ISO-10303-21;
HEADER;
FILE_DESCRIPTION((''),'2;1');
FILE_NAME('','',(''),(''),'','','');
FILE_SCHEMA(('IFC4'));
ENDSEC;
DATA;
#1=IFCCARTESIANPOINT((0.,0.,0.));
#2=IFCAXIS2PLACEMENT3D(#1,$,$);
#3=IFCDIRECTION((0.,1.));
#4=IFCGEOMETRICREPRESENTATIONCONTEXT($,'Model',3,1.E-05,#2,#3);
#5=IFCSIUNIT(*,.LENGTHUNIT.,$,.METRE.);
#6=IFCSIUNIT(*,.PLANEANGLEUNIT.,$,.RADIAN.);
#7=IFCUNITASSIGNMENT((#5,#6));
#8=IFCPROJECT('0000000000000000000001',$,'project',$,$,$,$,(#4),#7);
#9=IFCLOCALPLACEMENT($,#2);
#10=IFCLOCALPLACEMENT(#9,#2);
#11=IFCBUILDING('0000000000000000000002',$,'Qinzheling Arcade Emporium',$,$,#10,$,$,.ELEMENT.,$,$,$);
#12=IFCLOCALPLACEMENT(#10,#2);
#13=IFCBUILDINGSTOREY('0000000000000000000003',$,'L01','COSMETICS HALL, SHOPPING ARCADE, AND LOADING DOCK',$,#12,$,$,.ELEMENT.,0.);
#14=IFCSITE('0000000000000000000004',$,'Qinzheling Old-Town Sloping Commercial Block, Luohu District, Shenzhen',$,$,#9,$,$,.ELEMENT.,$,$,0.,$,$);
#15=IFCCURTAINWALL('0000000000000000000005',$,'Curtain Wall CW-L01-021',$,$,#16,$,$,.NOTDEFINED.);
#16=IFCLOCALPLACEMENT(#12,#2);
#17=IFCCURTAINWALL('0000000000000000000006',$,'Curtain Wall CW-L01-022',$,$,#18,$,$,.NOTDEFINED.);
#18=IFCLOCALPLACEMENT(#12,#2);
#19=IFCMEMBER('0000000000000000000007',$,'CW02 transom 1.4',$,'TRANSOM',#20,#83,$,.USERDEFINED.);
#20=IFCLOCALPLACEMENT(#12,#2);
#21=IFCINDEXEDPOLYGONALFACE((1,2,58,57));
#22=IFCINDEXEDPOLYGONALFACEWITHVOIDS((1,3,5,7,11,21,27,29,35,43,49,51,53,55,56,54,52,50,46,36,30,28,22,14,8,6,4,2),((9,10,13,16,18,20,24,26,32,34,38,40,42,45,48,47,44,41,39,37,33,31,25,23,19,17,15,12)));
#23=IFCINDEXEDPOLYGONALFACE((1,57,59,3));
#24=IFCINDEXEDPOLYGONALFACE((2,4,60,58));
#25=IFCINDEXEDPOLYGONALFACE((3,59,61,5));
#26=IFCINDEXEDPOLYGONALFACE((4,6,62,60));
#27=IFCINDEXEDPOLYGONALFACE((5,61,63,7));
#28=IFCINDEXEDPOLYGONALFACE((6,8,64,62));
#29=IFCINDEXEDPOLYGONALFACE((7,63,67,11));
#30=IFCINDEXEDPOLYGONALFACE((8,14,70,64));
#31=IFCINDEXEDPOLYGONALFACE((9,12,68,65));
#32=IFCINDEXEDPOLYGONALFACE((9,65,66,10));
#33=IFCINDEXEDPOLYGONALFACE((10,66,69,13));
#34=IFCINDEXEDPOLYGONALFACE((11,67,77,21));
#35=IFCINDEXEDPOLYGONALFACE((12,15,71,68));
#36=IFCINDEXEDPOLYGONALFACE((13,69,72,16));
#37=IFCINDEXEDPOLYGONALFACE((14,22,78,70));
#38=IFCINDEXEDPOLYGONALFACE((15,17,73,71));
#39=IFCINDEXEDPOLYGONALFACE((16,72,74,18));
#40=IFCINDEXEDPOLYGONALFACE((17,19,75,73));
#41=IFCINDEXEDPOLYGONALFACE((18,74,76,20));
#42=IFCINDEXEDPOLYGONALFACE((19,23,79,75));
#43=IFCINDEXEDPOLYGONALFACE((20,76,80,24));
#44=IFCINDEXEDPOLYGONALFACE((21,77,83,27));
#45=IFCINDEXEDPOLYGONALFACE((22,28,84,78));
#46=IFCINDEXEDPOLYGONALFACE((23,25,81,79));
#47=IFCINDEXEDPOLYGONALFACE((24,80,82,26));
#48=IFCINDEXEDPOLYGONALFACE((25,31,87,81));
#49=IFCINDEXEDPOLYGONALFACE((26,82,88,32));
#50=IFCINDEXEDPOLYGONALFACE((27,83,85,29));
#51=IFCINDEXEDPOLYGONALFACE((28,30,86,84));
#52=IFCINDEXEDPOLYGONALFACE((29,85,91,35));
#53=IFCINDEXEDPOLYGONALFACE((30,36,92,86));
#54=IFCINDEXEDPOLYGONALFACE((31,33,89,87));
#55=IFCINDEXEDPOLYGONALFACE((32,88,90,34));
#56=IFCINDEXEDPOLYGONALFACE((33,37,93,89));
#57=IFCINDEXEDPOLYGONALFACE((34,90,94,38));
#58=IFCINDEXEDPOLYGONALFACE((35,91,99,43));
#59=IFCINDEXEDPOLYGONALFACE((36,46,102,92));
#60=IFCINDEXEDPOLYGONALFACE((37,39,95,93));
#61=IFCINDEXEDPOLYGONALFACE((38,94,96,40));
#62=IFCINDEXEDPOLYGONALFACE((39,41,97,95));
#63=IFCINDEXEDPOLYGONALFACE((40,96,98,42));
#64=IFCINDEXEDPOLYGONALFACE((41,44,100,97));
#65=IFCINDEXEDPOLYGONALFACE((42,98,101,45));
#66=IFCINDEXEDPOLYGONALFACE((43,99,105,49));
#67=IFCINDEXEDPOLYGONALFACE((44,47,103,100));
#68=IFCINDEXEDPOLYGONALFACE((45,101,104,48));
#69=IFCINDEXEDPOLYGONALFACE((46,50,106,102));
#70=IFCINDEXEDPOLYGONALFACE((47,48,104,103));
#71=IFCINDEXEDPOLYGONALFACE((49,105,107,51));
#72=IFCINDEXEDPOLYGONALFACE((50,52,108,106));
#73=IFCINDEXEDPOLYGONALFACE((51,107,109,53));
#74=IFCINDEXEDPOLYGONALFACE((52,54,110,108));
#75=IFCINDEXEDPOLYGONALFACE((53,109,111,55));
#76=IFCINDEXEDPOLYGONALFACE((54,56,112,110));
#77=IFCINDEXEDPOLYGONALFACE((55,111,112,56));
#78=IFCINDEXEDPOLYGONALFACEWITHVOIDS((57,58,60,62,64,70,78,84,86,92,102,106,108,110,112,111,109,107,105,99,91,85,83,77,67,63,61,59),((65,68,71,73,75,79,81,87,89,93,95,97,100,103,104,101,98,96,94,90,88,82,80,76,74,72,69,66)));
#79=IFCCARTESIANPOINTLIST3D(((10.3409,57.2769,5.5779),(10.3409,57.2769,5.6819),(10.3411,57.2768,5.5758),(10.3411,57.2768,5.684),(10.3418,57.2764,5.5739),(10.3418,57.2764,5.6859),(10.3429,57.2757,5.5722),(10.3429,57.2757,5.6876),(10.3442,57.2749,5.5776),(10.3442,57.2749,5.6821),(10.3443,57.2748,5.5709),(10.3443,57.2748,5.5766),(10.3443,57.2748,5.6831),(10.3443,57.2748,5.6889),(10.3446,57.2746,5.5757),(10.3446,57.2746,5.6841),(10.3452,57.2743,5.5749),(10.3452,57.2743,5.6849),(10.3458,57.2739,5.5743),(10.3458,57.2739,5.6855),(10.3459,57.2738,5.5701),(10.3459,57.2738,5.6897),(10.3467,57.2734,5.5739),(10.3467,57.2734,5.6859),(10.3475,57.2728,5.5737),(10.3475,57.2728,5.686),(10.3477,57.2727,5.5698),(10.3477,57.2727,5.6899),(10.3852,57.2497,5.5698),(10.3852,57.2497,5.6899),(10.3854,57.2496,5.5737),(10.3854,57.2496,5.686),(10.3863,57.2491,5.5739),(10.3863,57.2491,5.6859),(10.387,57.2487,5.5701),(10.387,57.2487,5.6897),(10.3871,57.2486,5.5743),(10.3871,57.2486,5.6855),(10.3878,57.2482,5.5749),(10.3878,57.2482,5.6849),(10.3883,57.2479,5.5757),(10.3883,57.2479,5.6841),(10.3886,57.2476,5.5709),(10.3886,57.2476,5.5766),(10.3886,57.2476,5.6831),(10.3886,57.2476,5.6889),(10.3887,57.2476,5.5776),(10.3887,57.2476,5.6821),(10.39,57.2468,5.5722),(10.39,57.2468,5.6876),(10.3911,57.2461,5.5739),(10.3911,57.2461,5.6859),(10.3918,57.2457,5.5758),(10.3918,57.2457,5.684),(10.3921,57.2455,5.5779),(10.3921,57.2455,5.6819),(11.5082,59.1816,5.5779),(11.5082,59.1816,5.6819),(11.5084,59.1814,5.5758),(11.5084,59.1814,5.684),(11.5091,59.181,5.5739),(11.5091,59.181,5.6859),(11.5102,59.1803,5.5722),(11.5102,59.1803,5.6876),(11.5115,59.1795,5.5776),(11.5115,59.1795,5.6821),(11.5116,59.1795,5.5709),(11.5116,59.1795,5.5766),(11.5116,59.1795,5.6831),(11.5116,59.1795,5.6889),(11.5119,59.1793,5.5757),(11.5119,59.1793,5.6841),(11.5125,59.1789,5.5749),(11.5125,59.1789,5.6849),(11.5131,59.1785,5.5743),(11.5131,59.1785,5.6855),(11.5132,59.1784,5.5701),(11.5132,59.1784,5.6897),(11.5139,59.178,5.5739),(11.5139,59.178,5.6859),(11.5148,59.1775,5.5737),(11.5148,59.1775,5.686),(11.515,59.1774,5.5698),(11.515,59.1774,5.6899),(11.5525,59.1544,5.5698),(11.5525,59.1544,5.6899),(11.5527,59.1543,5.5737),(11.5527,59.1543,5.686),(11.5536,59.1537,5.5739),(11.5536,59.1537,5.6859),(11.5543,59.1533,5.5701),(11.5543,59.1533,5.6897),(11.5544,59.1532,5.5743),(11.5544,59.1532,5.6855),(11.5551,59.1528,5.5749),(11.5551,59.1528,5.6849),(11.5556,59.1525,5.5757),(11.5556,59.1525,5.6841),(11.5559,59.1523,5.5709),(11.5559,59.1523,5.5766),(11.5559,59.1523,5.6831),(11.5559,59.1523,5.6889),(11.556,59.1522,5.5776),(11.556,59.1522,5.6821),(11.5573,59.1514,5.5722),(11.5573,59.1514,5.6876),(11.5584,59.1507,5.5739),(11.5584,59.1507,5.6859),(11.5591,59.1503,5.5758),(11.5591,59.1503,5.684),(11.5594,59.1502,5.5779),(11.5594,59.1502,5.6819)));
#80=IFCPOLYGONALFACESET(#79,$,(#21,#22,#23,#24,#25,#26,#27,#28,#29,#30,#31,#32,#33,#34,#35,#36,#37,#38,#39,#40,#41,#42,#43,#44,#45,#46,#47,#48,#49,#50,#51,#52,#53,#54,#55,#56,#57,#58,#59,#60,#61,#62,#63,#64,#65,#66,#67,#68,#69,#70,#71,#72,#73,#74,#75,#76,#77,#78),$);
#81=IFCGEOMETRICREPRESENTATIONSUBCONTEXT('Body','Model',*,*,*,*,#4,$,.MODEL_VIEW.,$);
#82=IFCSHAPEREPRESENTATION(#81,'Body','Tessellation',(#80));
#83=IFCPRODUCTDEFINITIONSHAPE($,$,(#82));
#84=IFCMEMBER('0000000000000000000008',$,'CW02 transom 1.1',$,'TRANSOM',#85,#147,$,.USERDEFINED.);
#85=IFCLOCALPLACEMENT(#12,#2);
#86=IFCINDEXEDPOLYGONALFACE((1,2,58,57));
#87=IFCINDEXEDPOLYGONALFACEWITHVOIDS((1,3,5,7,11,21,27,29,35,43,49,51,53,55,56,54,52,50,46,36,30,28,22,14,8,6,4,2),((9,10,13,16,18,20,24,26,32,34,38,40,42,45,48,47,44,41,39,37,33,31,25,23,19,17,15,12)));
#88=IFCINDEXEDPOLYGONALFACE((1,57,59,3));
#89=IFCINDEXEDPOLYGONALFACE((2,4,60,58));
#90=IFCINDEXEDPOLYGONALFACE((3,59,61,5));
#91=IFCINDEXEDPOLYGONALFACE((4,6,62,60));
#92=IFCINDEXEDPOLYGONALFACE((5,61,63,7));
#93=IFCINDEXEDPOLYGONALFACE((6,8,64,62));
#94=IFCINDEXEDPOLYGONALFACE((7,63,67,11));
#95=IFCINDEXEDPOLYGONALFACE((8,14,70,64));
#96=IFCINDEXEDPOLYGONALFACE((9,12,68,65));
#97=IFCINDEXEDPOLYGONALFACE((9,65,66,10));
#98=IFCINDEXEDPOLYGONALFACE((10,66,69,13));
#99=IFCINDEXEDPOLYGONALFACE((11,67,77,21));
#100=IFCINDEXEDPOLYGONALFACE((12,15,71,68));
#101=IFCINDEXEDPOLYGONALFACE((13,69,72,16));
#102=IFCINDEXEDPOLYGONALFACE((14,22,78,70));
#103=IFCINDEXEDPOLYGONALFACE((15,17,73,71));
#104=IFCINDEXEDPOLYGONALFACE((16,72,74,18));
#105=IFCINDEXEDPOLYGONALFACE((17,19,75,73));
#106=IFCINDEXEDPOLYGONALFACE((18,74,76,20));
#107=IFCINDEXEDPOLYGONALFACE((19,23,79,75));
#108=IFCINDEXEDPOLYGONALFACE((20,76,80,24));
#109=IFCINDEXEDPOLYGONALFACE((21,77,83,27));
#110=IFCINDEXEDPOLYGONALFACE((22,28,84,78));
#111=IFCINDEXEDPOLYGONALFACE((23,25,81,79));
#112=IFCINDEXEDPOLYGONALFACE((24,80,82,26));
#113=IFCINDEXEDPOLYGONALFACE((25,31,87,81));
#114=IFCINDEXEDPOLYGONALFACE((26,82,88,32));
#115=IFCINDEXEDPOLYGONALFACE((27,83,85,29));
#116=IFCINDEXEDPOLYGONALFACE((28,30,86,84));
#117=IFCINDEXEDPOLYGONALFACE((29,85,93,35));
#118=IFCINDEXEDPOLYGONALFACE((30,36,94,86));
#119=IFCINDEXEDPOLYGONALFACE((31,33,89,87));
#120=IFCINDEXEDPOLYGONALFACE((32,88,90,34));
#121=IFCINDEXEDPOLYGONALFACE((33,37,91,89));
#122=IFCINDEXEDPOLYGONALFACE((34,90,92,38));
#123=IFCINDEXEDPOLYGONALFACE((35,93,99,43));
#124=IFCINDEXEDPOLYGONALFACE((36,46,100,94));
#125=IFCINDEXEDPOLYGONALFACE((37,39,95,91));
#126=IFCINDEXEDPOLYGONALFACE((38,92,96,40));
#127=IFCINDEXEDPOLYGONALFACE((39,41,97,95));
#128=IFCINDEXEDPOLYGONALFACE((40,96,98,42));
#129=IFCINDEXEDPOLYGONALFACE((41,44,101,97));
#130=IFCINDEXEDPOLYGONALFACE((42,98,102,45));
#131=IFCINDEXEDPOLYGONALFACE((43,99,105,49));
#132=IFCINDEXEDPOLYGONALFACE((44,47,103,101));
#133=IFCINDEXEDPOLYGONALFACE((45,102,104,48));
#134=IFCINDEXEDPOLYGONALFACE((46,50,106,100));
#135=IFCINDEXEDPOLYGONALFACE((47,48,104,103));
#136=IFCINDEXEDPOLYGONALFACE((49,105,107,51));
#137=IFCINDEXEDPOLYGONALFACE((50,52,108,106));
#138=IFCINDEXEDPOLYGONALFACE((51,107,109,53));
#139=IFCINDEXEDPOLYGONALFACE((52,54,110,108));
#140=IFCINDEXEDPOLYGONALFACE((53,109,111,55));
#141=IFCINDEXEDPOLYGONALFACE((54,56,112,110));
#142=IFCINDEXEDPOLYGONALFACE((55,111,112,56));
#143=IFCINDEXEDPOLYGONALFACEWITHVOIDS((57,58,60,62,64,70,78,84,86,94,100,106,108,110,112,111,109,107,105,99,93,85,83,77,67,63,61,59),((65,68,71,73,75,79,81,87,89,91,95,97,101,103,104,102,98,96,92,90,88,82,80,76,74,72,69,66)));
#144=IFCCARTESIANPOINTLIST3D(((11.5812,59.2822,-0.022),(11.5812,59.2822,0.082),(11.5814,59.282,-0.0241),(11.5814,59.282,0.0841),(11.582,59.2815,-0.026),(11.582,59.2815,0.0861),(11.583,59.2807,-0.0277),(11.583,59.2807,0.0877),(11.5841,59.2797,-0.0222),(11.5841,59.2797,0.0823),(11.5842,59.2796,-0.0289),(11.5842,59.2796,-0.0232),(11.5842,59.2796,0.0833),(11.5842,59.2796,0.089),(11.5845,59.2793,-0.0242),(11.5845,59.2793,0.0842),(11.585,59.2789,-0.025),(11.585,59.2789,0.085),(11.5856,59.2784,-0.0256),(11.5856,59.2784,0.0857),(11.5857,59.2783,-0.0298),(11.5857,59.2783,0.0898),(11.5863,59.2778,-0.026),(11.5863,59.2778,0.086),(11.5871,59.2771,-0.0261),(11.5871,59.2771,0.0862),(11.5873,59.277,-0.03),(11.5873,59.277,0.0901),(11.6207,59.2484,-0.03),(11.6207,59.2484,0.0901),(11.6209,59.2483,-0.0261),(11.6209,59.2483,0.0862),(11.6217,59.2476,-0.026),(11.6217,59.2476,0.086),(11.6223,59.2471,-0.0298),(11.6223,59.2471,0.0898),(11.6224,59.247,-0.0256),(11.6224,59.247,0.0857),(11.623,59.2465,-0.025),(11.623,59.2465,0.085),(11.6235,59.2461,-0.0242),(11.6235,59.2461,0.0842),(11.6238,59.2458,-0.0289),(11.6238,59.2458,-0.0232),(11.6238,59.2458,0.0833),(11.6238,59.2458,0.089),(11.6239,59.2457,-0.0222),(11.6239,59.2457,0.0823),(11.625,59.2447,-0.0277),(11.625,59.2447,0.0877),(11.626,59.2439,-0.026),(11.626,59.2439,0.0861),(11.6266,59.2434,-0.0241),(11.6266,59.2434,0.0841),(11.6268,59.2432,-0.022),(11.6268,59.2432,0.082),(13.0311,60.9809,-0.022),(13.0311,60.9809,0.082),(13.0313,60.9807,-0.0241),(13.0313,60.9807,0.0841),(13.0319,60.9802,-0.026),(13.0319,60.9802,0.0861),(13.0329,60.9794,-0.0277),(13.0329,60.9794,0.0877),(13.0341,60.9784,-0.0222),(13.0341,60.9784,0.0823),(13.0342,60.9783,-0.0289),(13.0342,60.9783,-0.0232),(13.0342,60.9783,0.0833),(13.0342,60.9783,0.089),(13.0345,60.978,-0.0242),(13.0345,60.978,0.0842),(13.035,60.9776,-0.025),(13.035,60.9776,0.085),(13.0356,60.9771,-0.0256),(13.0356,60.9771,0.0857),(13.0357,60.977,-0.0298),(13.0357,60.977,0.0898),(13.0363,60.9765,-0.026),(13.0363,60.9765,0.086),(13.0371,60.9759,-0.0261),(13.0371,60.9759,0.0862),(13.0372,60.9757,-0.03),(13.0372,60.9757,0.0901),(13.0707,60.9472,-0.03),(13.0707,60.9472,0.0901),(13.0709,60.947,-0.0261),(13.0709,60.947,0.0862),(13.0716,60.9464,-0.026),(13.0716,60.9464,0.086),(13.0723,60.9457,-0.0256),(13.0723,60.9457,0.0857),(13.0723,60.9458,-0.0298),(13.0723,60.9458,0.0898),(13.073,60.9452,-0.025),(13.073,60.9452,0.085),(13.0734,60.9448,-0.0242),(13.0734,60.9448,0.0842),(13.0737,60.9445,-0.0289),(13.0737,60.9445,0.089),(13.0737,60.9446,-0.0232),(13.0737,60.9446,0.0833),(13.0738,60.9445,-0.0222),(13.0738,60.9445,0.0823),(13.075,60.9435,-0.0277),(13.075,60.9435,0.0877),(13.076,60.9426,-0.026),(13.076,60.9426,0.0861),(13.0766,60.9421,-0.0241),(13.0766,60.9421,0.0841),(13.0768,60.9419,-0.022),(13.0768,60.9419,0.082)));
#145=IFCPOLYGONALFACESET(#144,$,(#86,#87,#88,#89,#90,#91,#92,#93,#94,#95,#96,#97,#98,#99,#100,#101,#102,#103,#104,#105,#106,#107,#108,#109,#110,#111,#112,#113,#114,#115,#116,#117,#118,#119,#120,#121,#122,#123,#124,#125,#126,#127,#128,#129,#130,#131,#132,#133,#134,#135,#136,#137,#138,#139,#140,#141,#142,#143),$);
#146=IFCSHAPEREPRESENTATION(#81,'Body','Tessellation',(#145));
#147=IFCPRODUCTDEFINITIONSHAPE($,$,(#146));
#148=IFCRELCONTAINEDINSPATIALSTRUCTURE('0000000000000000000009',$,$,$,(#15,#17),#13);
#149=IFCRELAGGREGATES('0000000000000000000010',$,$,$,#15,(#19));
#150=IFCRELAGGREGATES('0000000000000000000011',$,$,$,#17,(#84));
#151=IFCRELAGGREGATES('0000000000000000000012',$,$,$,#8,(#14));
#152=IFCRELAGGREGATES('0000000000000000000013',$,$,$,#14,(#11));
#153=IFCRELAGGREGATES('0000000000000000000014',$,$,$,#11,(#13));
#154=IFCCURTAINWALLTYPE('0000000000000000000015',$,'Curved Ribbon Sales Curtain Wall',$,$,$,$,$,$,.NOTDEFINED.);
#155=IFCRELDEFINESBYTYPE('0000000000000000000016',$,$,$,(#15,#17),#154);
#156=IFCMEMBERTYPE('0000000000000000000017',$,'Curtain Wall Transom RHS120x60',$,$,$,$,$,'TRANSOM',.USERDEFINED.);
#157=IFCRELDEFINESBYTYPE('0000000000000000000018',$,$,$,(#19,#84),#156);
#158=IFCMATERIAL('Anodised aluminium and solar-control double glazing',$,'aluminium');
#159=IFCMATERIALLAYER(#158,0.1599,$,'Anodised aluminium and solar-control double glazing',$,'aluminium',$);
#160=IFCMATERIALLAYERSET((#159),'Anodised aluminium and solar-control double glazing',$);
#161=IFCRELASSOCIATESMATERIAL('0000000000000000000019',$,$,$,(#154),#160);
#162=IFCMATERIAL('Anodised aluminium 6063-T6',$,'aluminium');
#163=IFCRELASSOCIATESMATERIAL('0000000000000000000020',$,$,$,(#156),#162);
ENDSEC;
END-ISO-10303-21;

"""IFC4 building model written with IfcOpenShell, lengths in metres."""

from ifc_helpers import new_model, si_unit, direction, frame, origin, origin_2d, place, context, subcontext, project, spatial, hollow_rectangle, extrude, material, layer, layer_set, material_profile, profile_set, type_object, element, aggregate, save


model = new_model("IFC4")

# Units and contexts
model_context = context("Model", 3, precision=1e-05, world=origin(), true_north=direction((0.0, 1.0)))
body_context = subcontext(model_context, "Body", "Model", "MODEL_VIEW")
ifc_project = project(units=[si_unit("LENGTHUNIT", "METRE"), si_unit("PLANEANGLEUNIT", "RADIAN")], contexts=[model_context])

# Site, building, storey
site_placement = place(None, origin())
site = spatial("IfcSite", under=ifc_project, at=site_placement, Name="Qinzheling Old-Town Sloping Commercial Block, Luohu District, Shenzhen", CompositionType="ELEMENT", RefElevation=0.0)
building_placement = place(site_placement, origin())
building = spatial("IfcBuilding", under=site, at=building_placement, Name="Qinzheling Arcade Emporium", CompositionType="ELEMENT")
storey_placement = place(building_placement, origin())
storey = spatial("IfcBuildingStorey", under=building, at=storey_placement, Name="L01", Description="COSMETICS HALL, SHOPPING ARCADE, AND LOADING DOCK", CompositionType="ELEMENT", Elevation=0.0)

# Shared definitions
ifc_material_1 = material(Name="Anodised aluminium and solar-control double glazing", Category="aluminium")
ifc_layer_1 = layer(ifc_material_1, 0.1599, Name="Anodised aluminium and solar-control double glazing", Category="aluminium")
ifc_layer_set_1 = layer_set([ifc_layer_1], Name="Anodised aluminium and solar-control double glazing")
curtain_wall_type = type_object("IfcCurtainWallType", Name="Curved Ribbon Sales Curtain Wall", PredefinedType="NOTDEFINED", material=ifc_layer_set_1)
ifc_material_2 = material(Name="Anodised aluminium 6063-T6", Category="aluminium")

# Curtain walls
curtain_wall_1_placement = place(storey_placement, origin())
curtain_wall_1 = element("IfcCurtainWall", 1, at=curtain_wall_1_placement, inside=storey, type_object=curtain_wall_type, Name="Curtain Wall CW-L01-021", PredefinedType="NOTDEFINED")
curtain_wall_2_placement = place(storey_placement, origin())
curtain_wall_2 = element("IfcCurtainWall", 2, at=curtain_wall_2_placement, inside=storey, type_object=curtain_wall_type, Name="Curtain Wall CW-L01-022", PredefinedType="NOTDEFINED")

# Members
ifc_material_profile_1 = material_profile(ifc_material_2, hollow_rectangle(XDim=0.0601, YDim=0.1201, WallThickness=0.0039, InnerFilletRadius=0.0039, OuterFilletRadius=0.0081, at=origin_2d()), Name="RHS 120x60x4", Category="aluminium")
ifc_profile_set_1 = profile_set([ifc_material_profile_1], Name="Anodised aluminium 6063-T6")
member_type_1 = type_object("IfcMemberType", Name="Curtain Wall Transom RHS120x60", ElementType="TRANSOM", PredefinedType="USERDEFINED", material=ifc_profile_set_1)
member_1_placement = place(storey_placement, frame((10.3665, 57.2612, 5.6299), z_axis=(0.522542, 0.852614, 0.0), x_axis=(-0.852614, 0.522542, 0.0)))
member_1 = element("IfcMember", 3, at=member_1_placement, type_object=member_type_1, Name="CW02 transom 1.4", ObjectType="TRANSOM", PredefinedType="USERDEFINED", context=body_context, shape_type="SweptSolid", body=[
    extrude(hollow_rectangle(XDim=0.0601, YDim=0.1201, WallThickness=0.0039, InnerFilletRadius=0.0039, OuterFilletRadius=0.0081, at=origin_2d()), origin(), (0.0, 0.0, 1.0), 2.2339),
])
member_2_placement = place(storey_placement, frame((11.604, 59.2627, 0.03), z_axis=(0.649215, 0.760605, 0.0), x_axis=(-0.760605, 0.649215, 0.0)))
member_2 = element("IfcMember", 4, at=member_2_placement, type_object=member_type_1, Name="CW02 transom 1.1", ObjectType="TRANSOM", PredefinedType="USERDEFINED", context=body_context, shape_type="SweptSolid", body=[
    extrude(hollow_rectangle(XDim=0.0601, YDim=0.1201, WallThickness=0.0039, InnerFilletRadius=0.0039, OuterFilletRadius=0.0081, at=origin_2d()), origin(), (0.0, 0.0, 1.0), 2.2334),
])

aggregate(curtain_wall_1, [member_1])
aggregate(curtain_wall_2, [member_2])

save(model, "model.ifc")
